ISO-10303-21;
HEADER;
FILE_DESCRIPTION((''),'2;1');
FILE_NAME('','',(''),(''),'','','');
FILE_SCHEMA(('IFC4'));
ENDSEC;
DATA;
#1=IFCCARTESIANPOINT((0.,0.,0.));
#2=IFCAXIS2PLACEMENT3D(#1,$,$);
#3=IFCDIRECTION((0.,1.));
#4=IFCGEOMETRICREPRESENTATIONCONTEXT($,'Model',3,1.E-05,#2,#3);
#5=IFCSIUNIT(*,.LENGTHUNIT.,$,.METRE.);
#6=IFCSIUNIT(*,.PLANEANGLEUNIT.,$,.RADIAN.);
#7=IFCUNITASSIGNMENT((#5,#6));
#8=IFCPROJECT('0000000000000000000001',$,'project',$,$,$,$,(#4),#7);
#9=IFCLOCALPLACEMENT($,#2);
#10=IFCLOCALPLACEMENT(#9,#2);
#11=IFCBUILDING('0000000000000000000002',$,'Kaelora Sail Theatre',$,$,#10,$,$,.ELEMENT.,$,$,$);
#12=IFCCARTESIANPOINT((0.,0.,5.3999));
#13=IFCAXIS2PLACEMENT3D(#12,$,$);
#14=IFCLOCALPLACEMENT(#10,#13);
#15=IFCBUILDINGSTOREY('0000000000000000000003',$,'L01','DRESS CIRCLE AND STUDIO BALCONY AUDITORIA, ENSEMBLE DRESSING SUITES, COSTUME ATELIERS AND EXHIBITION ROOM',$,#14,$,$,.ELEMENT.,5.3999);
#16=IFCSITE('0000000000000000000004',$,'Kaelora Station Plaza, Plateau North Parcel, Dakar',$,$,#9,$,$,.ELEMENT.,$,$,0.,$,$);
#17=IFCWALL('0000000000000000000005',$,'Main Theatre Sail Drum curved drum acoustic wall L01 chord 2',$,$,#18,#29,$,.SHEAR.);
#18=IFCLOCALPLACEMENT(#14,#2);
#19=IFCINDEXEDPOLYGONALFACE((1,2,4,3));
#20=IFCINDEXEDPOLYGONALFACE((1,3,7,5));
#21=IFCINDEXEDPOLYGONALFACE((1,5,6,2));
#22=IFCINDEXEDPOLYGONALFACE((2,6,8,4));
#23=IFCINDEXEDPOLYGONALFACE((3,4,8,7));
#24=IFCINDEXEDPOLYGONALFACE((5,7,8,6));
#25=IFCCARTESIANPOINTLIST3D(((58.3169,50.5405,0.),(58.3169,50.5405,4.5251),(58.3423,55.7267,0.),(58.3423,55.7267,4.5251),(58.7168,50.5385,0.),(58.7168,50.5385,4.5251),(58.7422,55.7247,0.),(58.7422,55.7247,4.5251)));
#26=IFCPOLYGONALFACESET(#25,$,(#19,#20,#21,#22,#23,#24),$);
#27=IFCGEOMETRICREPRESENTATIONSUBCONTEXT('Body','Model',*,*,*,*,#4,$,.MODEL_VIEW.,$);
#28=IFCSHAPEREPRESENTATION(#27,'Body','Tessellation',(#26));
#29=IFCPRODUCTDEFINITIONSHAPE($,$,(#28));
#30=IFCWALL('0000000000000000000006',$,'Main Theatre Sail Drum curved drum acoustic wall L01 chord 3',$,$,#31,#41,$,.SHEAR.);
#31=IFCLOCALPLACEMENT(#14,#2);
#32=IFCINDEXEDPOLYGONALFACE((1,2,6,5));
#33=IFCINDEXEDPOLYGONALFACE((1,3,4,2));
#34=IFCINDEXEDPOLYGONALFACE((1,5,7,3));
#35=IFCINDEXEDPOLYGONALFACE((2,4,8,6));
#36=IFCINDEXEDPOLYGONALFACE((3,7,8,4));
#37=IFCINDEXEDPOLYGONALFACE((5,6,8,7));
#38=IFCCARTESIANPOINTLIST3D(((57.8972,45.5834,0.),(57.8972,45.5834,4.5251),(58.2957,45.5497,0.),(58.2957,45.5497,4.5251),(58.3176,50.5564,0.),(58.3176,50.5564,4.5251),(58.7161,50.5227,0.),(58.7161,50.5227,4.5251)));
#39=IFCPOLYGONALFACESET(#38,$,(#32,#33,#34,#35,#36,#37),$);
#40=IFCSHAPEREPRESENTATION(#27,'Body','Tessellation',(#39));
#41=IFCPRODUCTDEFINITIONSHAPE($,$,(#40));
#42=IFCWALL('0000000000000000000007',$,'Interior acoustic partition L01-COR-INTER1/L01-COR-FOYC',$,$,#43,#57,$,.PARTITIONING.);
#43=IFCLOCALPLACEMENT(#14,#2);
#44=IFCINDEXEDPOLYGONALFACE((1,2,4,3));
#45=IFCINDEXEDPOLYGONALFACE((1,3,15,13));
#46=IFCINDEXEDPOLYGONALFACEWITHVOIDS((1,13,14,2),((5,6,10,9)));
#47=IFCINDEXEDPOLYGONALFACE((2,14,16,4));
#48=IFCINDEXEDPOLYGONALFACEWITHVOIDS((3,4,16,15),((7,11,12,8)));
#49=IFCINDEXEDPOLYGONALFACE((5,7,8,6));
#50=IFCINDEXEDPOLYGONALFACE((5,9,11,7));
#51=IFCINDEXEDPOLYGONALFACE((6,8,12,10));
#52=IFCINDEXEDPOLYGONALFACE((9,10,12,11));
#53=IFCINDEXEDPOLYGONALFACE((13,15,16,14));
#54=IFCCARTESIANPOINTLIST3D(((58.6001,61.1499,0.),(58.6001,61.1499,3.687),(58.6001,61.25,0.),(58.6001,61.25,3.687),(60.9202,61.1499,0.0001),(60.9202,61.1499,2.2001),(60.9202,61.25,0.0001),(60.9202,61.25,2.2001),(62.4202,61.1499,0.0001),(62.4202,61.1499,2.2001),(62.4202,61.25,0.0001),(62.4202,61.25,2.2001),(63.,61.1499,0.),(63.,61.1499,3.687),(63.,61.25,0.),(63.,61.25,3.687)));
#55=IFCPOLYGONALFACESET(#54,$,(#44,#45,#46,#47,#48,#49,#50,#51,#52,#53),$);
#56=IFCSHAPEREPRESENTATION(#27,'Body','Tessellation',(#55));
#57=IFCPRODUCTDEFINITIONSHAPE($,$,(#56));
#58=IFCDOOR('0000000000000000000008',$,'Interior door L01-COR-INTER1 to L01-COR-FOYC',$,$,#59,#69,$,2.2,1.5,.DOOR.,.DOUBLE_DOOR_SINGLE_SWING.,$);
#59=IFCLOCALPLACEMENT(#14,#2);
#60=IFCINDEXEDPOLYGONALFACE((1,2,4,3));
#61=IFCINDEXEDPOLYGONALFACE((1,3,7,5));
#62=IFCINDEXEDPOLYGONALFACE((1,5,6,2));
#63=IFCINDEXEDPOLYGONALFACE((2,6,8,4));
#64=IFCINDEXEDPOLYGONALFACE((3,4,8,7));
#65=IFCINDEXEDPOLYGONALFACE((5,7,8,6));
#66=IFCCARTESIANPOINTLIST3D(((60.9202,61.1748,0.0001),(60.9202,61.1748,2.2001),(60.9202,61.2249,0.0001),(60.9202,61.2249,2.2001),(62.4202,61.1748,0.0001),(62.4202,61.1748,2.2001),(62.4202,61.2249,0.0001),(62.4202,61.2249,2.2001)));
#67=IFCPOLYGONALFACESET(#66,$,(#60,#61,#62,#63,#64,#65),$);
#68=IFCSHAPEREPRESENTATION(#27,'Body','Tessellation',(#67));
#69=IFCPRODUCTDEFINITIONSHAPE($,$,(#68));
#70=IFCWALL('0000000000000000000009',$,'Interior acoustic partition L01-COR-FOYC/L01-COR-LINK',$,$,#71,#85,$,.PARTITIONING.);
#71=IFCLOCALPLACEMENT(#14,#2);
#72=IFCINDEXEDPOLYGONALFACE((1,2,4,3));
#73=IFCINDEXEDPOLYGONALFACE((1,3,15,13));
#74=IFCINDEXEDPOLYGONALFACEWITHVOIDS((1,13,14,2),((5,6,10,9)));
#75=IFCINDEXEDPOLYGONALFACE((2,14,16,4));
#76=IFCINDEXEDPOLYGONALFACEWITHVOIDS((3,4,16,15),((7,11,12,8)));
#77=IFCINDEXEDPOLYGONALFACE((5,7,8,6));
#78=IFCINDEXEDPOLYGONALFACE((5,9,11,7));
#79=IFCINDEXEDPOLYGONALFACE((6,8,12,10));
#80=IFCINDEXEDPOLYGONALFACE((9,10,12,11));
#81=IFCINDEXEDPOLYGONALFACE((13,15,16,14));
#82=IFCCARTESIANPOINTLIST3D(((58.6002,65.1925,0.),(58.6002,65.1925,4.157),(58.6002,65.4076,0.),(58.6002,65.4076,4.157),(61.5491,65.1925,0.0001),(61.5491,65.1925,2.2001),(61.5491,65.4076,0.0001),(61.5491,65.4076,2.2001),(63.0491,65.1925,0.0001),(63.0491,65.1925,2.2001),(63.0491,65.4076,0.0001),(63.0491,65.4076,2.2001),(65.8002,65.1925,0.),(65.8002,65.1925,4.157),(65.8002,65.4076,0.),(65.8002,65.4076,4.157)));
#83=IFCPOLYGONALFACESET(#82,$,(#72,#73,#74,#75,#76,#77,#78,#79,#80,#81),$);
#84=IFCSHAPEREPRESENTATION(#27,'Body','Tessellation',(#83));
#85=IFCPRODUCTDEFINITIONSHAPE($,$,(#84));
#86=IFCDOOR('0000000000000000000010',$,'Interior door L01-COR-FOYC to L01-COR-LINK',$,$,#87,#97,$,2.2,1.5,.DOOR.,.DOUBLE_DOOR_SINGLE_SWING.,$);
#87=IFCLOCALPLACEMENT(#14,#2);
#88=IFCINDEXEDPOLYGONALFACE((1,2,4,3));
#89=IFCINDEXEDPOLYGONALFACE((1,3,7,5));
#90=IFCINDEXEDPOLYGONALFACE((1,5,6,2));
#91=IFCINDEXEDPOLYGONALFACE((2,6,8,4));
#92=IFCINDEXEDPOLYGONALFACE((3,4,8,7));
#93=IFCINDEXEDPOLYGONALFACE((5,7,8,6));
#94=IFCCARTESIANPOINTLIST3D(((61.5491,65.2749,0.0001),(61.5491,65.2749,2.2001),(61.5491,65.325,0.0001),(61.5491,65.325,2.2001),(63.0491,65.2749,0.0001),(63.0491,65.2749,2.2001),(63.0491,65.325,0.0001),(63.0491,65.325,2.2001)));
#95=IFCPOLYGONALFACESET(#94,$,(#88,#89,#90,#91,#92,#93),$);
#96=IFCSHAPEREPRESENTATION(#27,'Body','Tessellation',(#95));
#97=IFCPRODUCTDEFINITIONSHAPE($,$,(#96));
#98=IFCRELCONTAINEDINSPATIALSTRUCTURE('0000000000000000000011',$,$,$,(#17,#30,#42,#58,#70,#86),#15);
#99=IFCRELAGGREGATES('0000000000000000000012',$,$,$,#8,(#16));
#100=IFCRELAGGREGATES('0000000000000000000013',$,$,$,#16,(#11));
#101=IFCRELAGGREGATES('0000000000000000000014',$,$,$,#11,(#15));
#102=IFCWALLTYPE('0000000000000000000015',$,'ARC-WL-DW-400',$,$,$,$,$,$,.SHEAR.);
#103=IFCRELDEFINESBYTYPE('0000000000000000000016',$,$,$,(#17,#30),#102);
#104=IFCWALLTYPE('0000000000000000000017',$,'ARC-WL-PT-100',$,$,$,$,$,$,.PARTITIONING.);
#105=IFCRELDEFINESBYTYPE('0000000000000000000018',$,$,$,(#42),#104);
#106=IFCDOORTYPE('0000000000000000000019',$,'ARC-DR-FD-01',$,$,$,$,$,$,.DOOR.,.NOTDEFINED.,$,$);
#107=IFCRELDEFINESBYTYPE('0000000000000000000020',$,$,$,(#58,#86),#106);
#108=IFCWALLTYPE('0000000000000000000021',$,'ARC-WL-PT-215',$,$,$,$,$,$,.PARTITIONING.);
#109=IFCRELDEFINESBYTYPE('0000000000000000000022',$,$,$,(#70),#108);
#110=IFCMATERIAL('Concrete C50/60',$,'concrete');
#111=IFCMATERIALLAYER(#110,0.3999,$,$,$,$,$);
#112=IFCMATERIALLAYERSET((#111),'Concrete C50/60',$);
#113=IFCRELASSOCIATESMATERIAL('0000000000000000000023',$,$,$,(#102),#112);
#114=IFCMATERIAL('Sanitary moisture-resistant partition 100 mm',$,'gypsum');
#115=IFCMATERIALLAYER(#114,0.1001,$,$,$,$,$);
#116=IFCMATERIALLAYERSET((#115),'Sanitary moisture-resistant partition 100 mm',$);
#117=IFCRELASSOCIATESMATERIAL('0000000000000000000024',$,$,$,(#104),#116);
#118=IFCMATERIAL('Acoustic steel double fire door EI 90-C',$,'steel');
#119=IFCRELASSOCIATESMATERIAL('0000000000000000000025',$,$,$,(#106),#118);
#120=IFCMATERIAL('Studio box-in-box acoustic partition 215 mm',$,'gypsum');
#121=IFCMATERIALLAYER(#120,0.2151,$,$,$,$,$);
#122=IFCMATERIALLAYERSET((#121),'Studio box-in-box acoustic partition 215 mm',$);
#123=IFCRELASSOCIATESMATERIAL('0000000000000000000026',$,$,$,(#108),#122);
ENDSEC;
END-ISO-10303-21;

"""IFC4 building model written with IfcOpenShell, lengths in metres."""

from ifc_helpers import new_model, si_unit, direction, frame, frame_2d, origin, place, context, subcontext, project, spatial, rectangle, extrude, material, layer, layer_set, type_object, element, fill, save


model = new_model("IFC4")

# Units and contexts
model_context = context("Model", 3, precision=1e-05, world=origin(), true_north=direction((0.0, 1.0)))
body_context = subcontext(model_context, "Body", "Model", "MODEL_VIEW")
ifc_project = project(units=[si_unit("LENGTHUNIT", "METRE"), si_unit("PLANEANGLEUNIT", "RADIAN")], contexts=[model_context])

# Site, building, storey
site_placement = place(None, origin())
site = spatial("IfcSite", under=ifc_project, at=site_placement, Name="Kaelora Station Plaza, Plateau North Parcel, Dakar", CompositionType="ELEMENT", RefElevation=0.0)
building_placement = place(site_placement, origin())
building = spatial("IfcBuilding", under=site, at=building_placement, Name="Kaelora Sail Theatre", CompositionType="ELEMENT")
storey_placement = place(building_placement, frame((0.0, 0.0, 5.3999)))
storey = spatial("IfcBuildingStorey", under=building, at=storey_placement, Name="L01", Description="DRESS CIRCLE AND STUDIO BALCONY AUDITORIA, ENSEMBLE DRESSING SUITES, COSTUME ATELIERS AND EXHIBITION ROOM", CompositionType="ELEMENT", Elevation=5.3999)

# Walls
ifc_material_1 = material(Name="Concrete C50/60", Category="concrete")
ifc_layer_1 = layer(ifc_material_1, 0.3999)
ifc_layer_set_1 = layer_set([ifc_layer_1], Name="Concrete C50/60")
wall_type_1 = type_object("IfcWallType", Name="ARC-WL-DW-400", PredefinedType="SHEAR", material=ifc_layer_set_1)
wall_1_placement = place(storey_placement, frame((58.5422, 55.7258, 0.0), z_axis=(0.0, 0.0, 1.0), x_axis=(-0.004896, -0.999988, 0.0)))
element("IfcWall", 1, at=wall_1_placement, inside=storey, type_object=wall_type_1, Name="Main Theatre Sail Drum curved drum acoustic wall L01 chord 2", PredefinedType="SHEAR", context=body_context, shape_type="SweptSolid", body=[
    extrude(rectangle(XDim=5.1863, YDim=0.3999, at=frame_2d((2.5933, 0.0))), origin(), (0.0, 0.0, 1.0), 4.5251),
])
wall_2_placement = place(storey_placement, frame((58.5168, 50.5396, 0.0), z_axis=(0.0, 0.0, 1.0), x_axis=(-0.08424, -0.996446, 0.0)))
element("IfcWall", 2, at=wall_2_placement, inside=storey, type_object=wall_type_1, Name="Main Theatre Sail Drum curved drum acoustic wall L01 chord 3", PredefinedType="SHEAR", context=body_context, shape_type="SweptSolid", body=[
    extrude(rectangle(XDim=4.9907, YDim=0.3999, at=frame_2d((2.4954, 0.0))), origin(), (0.0, 0.0, 1.0), 4.5251),
])

# Walls, openings, doors
ifc_material_2 = material(Name="Sanitary moisture-resistant partition 100 mm", Category="gypsum")
ifc_layer_2 = layer(ifc_material_2, 0.1001)
ifc_layer_set_2 = layer_set([ifc_layer_2], Name="Sanitary moisture-resistant partition 100 mm")
wall_type_2 = type_object("IfcWallType", Name="ARC-WL-PT-100", PredefinedType="PARTITIONING", material=ifc_layer_set_2)
wall_3_placement = place(storey_placement, frame((58.6001, 61.2, 0.0), z_axis=(0.0, 0.0, 1.0), x_axis=(1.0, 0.0, 0.0)))
wall_3 = element("IfcWall", 3, at=wall_3_placement, inside=storey, type_object=wall_type_2, Name="Interior acoustic partition L01-COR-INTER1/L01-COR-FOYC", PredefinedType="PARTITIONING", context=body_context, shape_type="SweptSolid", body=[
    extrude(rectangle(XDim=4.3999, YDim=0.1001, at=frame_2d((2.2, 0.0))), origin(), (0.0, 0.0, 1.0), 3.687),
])
opening_1_placement = place(wall_3_placement, frame((2.3201, 0.0, 0.0)))
opening_1 = element("IfcOpeningElement", 4, at=opening_1_placement, cuts=wall_3, PredefinedType="OPENING", context=body_context, shape_type="SweptSolid", body=[
    extrude(rectangle(XDim=1.5, YDim=2.2, at=frame_2d((0.75, 1.1001))), frame((0.0, 0.06, 0.0), z_axis=(0.0, -1.0, 0.0), x_axis=(1.0, 0.0, 0.0)), (0.0, 0.0, 1.0), 0.1201),
])
ifc_material_3 = material(Name="Acoustic steel double fire door EI 90-C", Category="steel")
door_type = type_object("IfcDoorType", Name="ARC-DR-FD-01", OperationType="NOTDEFINED", PredefinedType="DOOR", material=ifc_material_3)
door_1_placement = place(opening_1_placement, origin())
door_1 = element("IfcDoor", 5, at=door_1_placement, inside=storey, type_object=door_type, Name="Interior door L01-COR-INTER1 to L01-COR-FOYC", OperationType="DOUBLE_DOOR_SINGLE_SWING", OverallHeight=2.2, OverallWidth=1.5, PredefinedType="DOOR", context=body_context, shape_type="SweptSolid", body=[
    extrude(rectangle(XDim=1.5, YDim=2.2, at=frame_2d((0.75, 1.1001))), frame((0.0, 0.0249, 0.0), z_axis=(0.0, -1.0, 0.0), x_axis=(1.0, 0.0, 0.0)), (0.0, 0.0, 1.0), 0.05),
])
fill(opening_1, door_1)
ifc_material_4 = material(Name="Studio box-in-box acoustic partition 215 mm", Category="gypsum")
ifc_layer_3 = layer(ifc_material_4, 0.2151)
ifc_layer_set_3 = layer_set([ifc_layer_3], Name="Studio box-in-box acoustic partition 215 mm")
wall_type_3 = type_object("IfcWallType", Name="ARC-WL-PT-215", PredefinedType="PARTITIONING", material=ifc_layer_set_3)
wall_4_placement = place(storey_placement, frame((58.6001, 65.3, 0.0), z_axis=(0.0, 0.0, 1.0), x_axis=(1.0, 0.0, 0.0)))
wall_4 = element("IfcWall", 6, at=wall_4_placement, inside=storey, type_object=wall_type_3, Name="Interior acoustic partition L01-COR-FOYC/L01-COR-LINK", PredefinedType="PARTITIONING", context=body_context, shape_type="SweptSolid", body=[
    extrude(rectangle(XDim=7.2, YDim=0.2151, at=frame_2d((3.6001, 0.0))), origin(), (0.0, 0.0, 1.0), 4.157),
])
opening_2_placement = place(wall_4_placement, frame((2.949, 0.0, 0.0)))
opening_2 = element("IfcOpeningElement", 7, at=opening_2_placement, cuts=wall_4, PredefinedType="OPENING", context=body_context, shape_type="SweptSolid", body=[
    extrude(rectangle(XDim=1.5, YDim=2.2, at=frame_2d((0.75, 1.1001))), frame((0.0, 0.1174, 0.0), z_axis=(0.0, -1.0, 0.0), x_axis=(1.0, 0.0, 0.0)), (0.0, 0.0, 1.0), 0.2351),
])
door_2_placement = place(opening_2_placement, origin())
door_2 = element("IfcDoor", 8, at=door_2_placement, inside=storey, type_object=door_type, Name="Interior door L01-COR-FOYC to L01-COR-LINK", OperationType="DOUBLE_DOOR_SINGLE_SWING", OverallHeight=2.2, OverallWidth=1.5, PredefinedType="DOOR", context=body_context, shape_type="SweptSolid", body=[
    extrude(rectangle(XDim=1.5, YDim=2.2, at=frame_2d((0.75, 1.1001))), frame((0.0, 0.0249, 0.0), z_axis=(0.0, -1.0, 0.0), x_axis=(1.0, 0.0, 0.0)), (0.0, 0.0, 1.0), 0.05),
])
fill(opening_2, door_2)

save(model, "model.ifc")
